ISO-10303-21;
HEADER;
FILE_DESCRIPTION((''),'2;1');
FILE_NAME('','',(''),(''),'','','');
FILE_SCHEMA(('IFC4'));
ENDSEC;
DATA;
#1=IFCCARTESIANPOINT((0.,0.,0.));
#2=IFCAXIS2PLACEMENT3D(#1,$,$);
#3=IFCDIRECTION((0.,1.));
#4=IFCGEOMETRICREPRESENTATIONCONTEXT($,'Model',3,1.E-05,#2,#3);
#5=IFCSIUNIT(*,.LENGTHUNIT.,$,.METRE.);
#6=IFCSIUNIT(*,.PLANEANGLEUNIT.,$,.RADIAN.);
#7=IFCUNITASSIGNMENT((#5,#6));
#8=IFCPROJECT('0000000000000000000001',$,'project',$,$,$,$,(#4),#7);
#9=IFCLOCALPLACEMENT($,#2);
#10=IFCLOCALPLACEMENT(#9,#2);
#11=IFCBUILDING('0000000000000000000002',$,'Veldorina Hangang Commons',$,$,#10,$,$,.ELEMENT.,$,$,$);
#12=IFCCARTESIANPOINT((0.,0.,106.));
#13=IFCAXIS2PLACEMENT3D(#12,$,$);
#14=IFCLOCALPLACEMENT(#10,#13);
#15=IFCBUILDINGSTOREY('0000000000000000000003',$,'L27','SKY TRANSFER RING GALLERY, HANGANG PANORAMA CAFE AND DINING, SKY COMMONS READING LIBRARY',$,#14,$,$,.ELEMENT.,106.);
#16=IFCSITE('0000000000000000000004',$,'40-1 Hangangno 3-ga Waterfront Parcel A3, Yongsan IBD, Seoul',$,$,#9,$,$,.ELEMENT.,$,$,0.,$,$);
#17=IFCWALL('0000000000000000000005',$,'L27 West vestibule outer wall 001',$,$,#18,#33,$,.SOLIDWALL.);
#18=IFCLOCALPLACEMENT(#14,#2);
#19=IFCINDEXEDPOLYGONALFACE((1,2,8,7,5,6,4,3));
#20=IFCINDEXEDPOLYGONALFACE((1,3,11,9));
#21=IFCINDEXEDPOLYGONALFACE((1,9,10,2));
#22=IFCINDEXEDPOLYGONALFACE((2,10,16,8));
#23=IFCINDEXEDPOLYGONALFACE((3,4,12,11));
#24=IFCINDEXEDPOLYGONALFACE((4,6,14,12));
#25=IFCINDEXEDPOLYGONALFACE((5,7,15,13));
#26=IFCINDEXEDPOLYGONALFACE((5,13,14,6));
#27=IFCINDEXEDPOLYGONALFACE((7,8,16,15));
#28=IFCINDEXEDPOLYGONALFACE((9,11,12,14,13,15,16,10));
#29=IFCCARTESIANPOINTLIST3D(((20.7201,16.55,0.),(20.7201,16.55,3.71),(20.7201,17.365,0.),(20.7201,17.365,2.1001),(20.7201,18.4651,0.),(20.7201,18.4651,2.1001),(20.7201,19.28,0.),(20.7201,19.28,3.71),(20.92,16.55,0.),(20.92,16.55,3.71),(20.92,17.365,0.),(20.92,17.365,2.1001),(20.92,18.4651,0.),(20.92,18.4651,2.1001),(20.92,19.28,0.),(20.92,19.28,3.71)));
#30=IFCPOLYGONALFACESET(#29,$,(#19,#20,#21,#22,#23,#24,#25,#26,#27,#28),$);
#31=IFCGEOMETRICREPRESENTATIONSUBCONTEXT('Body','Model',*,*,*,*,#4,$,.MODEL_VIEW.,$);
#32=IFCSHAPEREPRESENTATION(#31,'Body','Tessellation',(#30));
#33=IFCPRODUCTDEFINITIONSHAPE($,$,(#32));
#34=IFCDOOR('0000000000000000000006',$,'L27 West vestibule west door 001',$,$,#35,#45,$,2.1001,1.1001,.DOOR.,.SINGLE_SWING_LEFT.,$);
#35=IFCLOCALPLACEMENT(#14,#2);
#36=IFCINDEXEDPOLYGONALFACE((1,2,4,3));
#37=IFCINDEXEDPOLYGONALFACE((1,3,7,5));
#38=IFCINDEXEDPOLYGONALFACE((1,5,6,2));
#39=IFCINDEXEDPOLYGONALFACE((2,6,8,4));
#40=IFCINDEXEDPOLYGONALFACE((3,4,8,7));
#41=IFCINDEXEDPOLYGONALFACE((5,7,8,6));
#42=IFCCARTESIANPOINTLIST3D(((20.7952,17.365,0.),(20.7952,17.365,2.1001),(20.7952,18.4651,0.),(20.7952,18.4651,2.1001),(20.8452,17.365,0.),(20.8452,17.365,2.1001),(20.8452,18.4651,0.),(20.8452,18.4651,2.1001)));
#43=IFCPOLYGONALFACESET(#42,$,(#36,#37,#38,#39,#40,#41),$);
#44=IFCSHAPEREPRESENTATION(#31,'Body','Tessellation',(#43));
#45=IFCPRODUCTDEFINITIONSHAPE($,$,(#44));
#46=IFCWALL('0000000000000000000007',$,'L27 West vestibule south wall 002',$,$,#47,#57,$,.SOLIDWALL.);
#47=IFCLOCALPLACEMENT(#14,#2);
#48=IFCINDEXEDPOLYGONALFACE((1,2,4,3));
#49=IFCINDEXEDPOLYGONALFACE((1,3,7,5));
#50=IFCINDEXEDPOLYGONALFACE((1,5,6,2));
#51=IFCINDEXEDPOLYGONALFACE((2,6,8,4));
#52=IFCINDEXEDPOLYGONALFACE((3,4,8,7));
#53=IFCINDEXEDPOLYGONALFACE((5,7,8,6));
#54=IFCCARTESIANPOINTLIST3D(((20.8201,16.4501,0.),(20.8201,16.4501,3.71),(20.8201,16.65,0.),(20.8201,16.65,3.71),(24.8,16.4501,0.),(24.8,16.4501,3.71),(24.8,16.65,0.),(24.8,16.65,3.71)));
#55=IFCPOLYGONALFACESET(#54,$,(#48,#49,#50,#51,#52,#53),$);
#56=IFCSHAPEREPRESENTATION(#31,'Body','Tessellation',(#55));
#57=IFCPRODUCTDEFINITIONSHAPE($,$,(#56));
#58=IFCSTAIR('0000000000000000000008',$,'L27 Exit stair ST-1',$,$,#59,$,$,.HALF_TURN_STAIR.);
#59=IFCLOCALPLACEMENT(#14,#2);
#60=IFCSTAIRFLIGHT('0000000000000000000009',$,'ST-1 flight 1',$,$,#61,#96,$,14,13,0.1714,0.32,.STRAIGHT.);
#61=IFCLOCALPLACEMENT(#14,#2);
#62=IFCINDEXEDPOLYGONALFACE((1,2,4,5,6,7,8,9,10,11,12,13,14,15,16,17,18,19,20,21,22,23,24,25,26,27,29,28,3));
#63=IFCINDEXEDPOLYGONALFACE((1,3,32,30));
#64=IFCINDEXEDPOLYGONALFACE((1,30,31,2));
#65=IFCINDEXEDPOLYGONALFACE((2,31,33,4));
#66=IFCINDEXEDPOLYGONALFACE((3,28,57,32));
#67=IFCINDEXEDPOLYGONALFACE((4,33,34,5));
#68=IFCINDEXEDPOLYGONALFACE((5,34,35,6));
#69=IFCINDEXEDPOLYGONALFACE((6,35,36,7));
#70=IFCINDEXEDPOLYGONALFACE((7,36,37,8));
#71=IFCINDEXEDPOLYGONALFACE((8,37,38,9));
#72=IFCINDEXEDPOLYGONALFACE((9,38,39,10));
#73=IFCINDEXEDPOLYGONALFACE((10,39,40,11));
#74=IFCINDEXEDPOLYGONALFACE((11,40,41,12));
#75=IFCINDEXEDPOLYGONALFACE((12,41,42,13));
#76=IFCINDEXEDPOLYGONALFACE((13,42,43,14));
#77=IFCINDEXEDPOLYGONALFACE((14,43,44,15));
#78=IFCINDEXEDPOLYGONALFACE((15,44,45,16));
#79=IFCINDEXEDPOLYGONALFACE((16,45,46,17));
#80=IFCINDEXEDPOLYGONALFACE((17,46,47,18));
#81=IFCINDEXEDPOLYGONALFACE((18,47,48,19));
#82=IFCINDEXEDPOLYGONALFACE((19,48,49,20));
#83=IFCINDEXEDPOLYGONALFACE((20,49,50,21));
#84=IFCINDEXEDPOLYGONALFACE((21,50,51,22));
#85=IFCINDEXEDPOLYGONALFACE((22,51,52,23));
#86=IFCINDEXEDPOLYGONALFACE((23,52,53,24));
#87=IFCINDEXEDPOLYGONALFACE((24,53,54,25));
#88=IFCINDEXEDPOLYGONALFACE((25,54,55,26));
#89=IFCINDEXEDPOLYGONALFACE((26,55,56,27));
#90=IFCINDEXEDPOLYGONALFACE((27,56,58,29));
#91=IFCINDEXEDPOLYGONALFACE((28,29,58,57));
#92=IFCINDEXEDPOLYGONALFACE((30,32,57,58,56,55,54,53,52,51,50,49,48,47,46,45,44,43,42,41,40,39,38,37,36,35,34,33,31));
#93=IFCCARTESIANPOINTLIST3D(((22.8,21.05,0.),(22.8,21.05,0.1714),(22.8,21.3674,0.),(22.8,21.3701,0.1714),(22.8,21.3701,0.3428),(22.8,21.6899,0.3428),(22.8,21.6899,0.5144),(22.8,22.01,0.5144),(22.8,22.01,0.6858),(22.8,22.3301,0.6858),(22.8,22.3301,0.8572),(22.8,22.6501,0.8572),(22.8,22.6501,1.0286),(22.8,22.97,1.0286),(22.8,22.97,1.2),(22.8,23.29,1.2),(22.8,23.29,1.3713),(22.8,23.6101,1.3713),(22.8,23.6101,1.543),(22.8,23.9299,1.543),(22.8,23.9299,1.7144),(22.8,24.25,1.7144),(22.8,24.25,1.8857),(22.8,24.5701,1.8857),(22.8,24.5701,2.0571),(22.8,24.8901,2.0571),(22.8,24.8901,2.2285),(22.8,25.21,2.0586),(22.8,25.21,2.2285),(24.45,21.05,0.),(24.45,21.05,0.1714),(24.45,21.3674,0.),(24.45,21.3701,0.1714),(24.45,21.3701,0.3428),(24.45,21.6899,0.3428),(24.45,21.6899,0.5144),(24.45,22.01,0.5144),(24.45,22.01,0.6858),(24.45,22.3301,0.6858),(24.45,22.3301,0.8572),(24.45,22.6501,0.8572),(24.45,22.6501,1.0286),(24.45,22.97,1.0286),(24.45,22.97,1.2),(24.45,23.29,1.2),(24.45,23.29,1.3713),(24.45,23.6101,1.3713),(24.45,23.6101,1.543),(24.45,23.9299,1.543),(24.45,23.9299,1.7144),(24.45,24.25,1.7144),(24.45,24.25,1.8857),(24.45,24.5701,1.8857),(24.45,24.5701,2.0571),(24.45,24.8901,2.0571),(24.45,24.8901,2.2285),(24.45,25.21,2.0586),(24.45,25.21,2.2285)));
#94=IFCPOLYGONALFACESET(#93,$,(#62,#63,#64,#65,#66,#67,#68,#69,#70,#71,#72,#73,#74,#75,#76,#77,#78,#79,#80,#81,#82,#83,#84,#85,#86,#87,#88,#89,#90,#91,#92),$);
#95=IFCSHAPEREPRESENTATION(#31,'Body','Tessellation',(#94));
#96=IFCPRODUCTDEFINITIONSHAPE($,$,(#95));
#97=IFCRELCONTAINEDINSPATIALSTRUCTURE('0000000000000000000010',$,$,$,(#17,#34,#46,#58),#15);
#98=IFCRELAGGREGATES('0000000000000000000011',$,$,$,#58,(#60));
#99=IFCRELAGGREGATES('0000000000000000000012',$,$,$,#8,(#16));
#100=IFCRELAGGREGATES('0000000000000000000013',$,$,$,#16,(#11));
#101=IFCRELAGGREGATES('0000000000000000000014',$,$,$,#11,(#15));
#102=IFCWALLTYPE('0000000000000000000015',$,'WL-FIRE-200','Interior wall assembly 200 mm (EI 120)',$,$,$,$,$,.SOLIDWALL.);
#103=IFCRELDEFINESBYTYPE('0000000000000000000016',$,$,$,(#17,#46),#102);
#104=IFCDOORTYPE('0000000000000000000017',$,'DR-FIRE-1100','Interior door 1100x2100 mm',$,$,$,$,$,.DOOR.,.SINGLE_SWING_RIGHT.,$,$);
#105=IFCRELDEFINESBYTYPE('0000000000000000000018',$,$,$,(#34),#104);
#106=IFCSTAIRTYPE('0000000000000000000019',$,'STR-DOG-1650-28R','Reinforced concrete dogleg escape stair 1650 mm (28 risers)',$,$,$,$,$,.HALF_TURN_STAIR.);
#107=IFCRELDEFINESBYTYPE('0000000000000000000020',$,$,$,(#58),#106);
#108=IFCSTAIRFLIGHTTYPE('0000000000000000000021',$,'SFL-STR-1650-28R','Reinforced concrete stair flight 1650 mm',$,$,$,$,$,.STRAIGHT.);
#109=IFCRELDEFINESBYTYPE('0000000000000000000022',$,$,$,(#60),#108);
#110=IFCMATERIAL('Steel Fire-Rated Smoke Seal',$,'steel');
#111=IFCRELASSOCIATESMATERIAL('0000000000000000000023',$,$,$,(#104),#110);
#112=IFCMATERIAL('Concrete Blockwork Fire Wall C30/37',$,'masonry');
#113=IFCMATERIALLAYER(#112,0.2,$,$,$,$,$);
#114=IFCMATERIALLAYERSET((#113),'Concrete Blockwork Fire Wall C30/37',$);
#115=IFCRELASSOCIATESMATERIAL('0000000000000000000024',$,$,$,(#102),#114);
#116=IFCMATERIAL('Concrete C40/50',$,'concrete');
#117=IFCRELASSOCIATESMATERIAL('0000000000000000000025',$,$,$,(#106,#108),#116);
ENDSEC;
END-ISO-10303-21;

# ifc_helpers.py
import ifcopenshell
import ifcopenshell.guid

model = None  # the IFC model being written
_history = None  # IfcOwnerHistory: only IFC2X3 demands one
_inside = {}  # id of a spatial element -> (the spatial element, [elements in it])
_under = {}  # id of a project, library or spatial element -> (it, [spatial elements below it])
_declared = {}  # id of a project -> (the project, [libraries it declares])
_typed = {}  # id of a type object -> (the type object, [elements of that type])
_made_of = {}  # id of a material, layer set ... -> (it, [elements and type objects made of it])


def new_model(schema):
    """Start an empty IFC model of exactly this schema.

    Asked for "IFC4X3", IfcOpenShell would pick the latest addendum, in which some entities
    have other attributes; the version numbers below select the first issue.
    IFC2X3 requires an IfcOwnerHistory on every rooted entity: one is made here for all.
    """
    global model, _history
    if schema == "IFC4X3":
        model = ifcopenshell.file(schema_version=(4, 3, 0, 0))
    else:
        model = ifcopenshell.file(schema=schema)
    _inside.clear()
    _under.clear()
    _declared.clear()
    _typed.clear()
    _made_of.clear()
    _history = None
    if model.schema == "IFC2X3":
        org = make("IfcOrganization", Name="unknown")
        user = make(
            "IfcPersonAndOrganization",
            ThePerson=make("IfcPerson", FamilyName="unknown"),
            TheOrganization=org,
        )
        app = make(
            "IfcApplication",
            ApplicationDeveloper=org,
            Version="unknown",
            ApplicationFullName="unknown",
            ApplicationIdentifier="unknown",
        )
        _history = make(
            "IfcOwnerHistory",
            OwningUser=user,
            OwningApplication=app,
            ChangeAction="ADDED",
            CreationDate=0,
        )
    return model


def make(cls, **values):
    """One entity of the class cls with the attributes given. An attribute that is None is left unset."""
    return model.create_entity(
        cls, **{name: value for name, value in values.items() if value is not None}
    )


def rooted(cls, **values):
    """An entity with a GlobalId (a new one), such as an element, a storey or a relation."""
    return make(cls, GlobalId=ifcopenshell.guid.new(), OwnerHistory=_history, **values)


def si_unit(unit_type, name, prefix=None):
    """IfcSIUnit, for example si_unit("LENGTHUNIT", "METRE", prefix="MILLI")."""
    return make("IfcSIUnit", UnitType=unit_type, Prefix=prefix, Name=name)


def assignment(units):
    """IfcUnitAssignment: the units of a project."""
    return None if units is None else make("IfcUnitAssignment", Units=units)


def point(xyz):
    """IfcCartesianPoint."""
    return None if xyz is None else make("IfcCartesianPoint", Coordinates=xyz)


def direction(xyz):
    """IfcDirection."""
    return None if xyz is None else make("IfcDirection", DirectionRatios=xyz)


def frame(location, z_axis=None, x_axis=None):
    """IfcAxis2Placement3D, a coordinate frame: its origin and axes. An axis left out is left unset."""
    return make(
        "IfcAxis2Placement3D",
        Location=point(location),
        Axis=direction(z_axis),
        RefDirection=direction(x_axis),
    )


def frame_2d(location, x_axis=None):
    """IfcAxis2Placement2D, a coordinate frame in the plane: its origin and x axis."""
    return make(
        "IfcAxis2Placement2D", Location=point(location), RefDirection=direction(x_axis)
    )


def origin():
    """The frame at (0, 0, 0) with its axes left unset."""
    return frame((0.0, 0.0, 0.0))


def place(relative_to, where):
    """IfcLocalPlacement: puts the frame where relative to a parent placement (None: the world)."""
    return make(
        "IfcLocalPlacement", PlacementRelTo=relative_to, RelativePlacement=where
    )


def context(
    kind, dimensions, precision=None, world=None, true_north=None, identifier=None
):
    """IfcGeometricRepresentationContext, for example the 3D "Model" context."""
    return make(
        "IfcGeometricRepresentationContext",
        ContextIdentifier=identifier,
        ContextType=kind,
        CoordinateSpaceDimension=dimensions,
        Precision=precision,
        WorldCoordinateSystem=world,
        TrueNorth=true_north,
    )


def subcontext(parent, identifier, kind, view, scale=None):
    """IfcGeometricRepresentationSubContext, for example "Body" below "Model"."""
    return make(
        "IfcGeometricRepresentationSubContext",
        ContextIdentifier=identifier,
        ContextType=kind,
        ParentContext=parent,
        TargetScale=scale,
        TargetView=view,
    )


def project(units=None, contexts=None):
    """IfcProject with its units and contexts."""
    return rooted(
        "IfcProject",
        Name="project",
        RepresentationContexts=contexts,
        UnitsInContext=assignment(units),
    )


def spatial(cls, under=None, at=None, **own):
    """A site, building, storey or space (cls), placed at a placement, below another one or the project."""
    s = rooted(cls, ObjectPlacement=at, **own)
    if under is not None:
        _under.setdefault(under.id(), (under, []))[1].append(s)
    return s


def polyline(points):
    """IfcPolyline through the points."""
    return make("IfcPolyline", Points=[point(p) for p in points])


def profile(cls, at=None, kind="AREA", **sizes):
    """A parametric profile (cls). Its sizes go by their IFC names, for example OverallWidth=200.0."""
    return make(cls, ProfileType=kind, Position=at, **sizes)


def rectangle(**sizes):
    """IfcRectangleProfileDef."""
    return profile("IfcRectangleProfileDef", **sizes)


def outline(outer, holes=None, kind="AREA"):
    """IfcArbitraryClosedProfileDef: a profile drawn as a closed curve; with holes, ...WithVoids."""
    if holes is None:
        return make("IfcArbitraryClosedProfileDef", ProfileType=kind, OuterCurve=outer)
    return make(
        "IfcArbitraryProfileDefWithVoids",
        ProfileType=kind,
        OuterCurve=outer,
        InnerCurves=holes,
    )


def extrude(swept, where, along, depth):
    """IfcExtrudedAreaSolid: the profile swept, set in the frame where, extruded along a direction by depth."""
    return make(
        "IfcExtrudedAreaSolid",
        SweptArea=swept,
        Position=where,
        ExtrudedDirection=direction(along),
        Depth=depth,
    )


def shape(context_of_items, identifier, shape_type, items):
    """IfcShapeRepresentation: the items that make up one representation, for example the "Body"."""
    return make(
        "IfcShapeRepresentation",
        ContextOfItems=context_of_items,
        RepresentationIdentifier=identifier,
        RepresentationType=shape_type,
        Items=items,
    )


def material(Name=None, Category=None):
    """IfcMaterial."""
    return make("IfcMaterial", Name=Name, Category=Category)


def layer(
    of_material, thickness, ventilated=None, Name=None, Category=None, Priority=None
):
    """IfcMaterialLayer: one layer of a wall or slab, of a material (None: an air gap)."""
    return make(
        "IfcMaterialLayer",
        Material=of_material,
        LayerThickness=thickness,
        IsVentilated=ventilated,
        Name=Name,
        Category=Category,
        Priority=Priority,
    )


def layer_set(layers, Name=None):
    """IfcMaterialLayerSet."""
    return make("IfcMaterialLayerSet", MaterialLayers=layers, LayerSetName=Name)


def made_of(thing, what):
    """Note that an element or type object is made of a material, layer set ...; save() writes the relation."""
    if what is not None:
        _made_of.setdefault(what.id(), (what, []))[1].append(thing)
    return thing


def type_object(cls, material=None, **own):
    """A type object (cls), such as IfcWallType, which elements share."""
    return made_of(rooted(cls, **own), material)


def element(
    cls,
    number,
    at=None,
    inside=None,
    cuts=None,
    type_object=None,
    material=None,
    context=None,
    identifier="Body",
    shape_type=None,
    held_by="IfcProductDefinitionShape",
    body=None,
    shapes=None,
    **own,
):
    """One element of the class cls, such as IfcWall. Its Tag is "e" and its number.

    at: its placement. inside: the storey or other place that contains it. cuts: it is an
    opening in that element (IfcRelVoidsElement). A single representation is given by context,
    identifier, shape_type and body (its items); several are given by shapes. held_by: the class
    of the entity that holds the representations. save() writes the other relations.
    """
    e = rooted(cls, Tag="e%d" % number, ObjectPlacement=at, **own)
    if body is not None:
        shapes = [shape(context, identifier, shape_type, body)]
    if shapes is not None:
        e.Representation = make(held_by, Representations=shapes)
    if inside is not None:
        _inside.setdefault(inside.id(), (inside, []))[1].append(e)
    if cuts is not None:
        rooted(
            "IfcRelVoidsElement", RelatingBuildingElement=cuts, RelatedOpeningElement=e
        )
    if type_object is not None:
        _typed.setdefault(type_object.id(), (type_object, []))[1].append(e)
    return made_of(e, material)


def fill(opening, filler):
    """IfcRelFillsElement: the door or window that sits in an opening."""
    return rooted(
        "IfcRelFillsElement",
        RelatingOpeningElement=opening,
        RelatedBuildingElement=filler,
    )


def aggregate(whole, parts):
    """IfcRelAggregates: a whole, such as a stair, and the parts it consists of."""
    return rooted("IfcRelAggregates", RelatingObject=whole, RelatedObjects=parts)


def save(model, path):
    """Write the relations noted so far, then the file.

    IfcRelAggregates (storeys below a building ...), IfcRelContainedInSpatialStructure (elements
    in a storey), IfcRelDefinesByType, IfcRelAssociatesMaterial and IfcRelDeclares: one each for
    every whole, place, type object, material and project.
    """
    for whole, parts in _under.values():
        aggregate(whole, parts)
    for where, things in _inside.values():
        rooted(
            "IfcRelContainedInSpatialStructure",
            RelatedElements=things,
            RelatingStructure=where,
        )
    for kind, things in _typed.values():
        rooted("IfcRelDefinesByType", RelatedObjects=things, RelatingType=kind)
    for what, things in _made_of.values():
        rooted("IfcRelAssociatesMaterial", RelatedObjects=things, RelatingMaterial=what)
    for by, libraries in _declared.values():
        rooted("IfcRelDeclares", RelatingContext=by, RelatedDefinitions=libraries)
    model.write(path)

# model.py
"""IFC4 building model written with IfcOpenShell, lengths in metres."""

from ifc_helpers import new_model, si_unit, direction, frame, frame_2d, origin, place, context, subcontext, project, spatial, polyline, rectangle, outline, extrude, material, layer, layer_set, type_object, element, fill, aggregate, save


model = new_model("IFC4")

# Units and contexts
model_context = context("Model", 3, precision=1e-05, world=origin(), true_north=direction((0.0, 1.0)))
body_context = subcontext(model_context, "Body", "Model", "MODEL_VIEW")
ifc_project = project(units=[si_unit("LENGTHUNIT", "METRE"), si_unit("PLANEANGLEUNIT", "RADIAN")], contexts=[model_context])

# Site, building, storey
site_placement = place(None, origin())
site = spatial("IfcSite", under=ifc_project, at=site_placement, Name="40-1 Hangangno 3-ga Waterfront Parcel A3, Yongsan IBD, Seoul", CompositionType="ELEMENT", RefElevation=0.0)
building_placement = place(site_placement, origin())
building = spatial("IfcBuilding", under=site, at=building_placement, Name="Veldorina Hangang Commons", CompositionType="ELEMENT")
storey_placement = place(building_placement, frame((0.0, 0.0, 106.0)))
storey = spatial("IfcBuildingStorey", under=building, at=storey_placement, Name="L27", Description="SKY TRANSFER RING GALLERY, HANGANG PANORAMA CAFE AND DINING, SKY COMMONS READING LIBRARY", CompositionType="ELEMENT", Elevation=106.0)

# Shared definitions
ifc_material_1 = material(Name="Steel Fire-Rated Smoke Seal", Category="steel")
door_type = type_object("IfcDoorType", Name="DR-FIRE-1100", Description="Interior door 1100x2100 mm", OperationType="SINGLE_SWING_RIGHT", PredefinedType="DOOR", material=ifc_material_1)

# Wall, opening, door
ifc_material_2 = material(Name="Concrete Blockwork Fire Wall C30/37", Category="masonry")
ifc_layer_1 = layer(ifc_material_2, 0.2)
ifc_layer_set_1 = layer_set([ifc_layer_1], Name="Concrete Blockwork Fire Wall C30/37")
wall_type_1 = type_object("IfcWallType", Name="WL-FIRE-200", Description="Interior wall assembly 200 mm (EI 120)", PredefinedType="SOLIDWALL", material=ifc_layer_set_1)
wall_1_placement = place(storey_placement, frame((20.8201, 16.55, 0.0), z_axis=(0.0, 0.0, 1.0), x_axis=(0.0, 1.0, 0.0)))
wall_1 = element("IfcWall", 1, at=wall_1_placement, inside=storey, type_object=wall_type_1, Name="L27 West vestibule outer wall 001", PredefinedType="SOLIDWALL", context=body_context, shape_type="SweptSolid", body=[
    extrude(rectangle(XDim=2.73, YDim=0.2, at=frame_2d((1.365, 0.0))), origin(), (0.0, 0.0, 1.0), 3.71),
])
opening_1_placement = place(wall_1_placement, frame((0.8149, 0.0, 0.0)))
opening_1 = element("IfcOpeningElement", 2, at=opening_1_placement, cuts=wall_1, PredefinedType="OPENING", context=body_context, shape_type="SweptSolid", body=[
    extrude(rectangle(XDim=1.1001, YDim=2.1001, at=frame_2d((0.55, 1.05))), frame((0.0, 0.1099, 0.0), z_axis=(0.0, -1.0, 0.0), x_axis=(1.0, 0.0, 0.0)), (0.0, 0.0, 1.0), 0.22),
])
door_1_placement = place(opening_1_placement, origin())
door_1 = element("IfcDoor", 3, at=door_1_placement, inside=storey, type_object=door_type, Name="L27 West vestibule west door 001", OperationType="SINGLE_SWING_LEFT", OverallHeight=2.1001, OverallWidth=1.1001, PredefinedType="DOOR", context=body_context, shape_type="SweptSolid", body=[
    extrude(rectangle(XDim=1.1001, YDim=2.1001, at=frame_2d((0.55, 1.05))), frame((0.0, 0.0249, 0.0), z_axis=(0.0, -1.0, 0.0), x_axis=(1.0, 0.0, 0.0)), (0.0, 0.0, 1.0), 0.05),
])
fill(opening_1, door_1)

# Wall
wall_2_placement = place(storey_placement, frame((20.8201, 16.55, 0.0), z_axis=(0.0, 0.0, 1.0), x_axis=(1.0, 0.0, 0.0)))
element("IfcWall", 4, at=wall_2_placement, inside=storey, type_object=wall_type_1, Name="L27 West vestibule south wall 002", PredefinedType="SOLIDWALL", context=body_context, shape_type="SweptSolid", body=[
    extrude(rectangle(XDim=3.98, YDim=0.2, at=frame_2d((1.99, 0.0))), origin(), (0.0, 0.0, 1.0), 3.71),
])

# Stair, stair flight
ifc_material_3 = material(Name="Concrete C40/50", Category="concrete")
stair_type = type_object("IfcStairType", Name="STR-DOG-1650-28R", Description="Reinforced concrete dogleg escape stair 1650 mm (28 risers)", PredefinedType="HALF_TURN_STAIR", material=ifc_material_3)
stair_placement = place(storey_placement, origin())
stair = element("IfcStair", 5, at=stair_placement, inside=storey, type_object=stair_type, Name="L27 Exit stair ST-1", PredefinedType="HALF_TURN_STAIR")
stair_flight_type = type_object("IfcStairFlightType", Name="SFL-STR-1650-28R", Description="Reinforced concrete stair flight 1650 mm", PredefinedType="STRAIGHT", material=ifc_material_3)
stair_flight_placement = place(storey_placement, frame((23.625, 21.05, 0.0), z_axis=(0.0, 0.0, 1.0), x_axis=(0.0, 1.0, 0.0)))
stair_flight = element("IfcStairFlight", 6, at=stair_flight_placement, type_object=stair_flight_type, Name="ST-1 flight 1", NumberOfRisers=14, NumberOfTreads=13, PredefinedType="STRAIGHT", RiserHeight=0.1714, TreadLength=0.32, context=body_context, shape_type="SweptSolid", body=[
    extrude(outline(polyline([(0.0, 0.0), (0.0, 0.1714), (0.3201, 0.1714), (0.3201, 0.3428), (0.6399, 0.3428), (0.6399, 0.5144), (0.96, 0.5144), (0.96, 0.6858), (1.28, 0.6858), (1.28, 0.8572), (1.6001, 0.8572), (1.6001, 1.0286), (1.9199, 1.0286), (1.9199, 1.2), (2.24, 1.2), (2.24, 1.3713), (2.5601, 1.3713), (2.5601, 1.543), (2.8799, 1.543), (2.8799, 1.7144), (3.2, 1.7144), (3.2, 1.8857), (3.52, 1.8857), (3.52, 2.0571), (3.8401, 2.0571), (3.8401, 2.2285), (4.1599, 2.2285), (4.1599, 2.3999), (4.1599, 2.0586), (0.3174, 0.0), (0.0, 0.0)])), frame((0.0, 0.825, 0.0), z_axis=(0.0, -1.0, 0.0), x_axis=(1.0, 0.0, 0.0)), (0.0, 0.0, 1.0), 1.6499),
])
aggregate(stair, [stair_flight])

save(model, "model.ifc")
